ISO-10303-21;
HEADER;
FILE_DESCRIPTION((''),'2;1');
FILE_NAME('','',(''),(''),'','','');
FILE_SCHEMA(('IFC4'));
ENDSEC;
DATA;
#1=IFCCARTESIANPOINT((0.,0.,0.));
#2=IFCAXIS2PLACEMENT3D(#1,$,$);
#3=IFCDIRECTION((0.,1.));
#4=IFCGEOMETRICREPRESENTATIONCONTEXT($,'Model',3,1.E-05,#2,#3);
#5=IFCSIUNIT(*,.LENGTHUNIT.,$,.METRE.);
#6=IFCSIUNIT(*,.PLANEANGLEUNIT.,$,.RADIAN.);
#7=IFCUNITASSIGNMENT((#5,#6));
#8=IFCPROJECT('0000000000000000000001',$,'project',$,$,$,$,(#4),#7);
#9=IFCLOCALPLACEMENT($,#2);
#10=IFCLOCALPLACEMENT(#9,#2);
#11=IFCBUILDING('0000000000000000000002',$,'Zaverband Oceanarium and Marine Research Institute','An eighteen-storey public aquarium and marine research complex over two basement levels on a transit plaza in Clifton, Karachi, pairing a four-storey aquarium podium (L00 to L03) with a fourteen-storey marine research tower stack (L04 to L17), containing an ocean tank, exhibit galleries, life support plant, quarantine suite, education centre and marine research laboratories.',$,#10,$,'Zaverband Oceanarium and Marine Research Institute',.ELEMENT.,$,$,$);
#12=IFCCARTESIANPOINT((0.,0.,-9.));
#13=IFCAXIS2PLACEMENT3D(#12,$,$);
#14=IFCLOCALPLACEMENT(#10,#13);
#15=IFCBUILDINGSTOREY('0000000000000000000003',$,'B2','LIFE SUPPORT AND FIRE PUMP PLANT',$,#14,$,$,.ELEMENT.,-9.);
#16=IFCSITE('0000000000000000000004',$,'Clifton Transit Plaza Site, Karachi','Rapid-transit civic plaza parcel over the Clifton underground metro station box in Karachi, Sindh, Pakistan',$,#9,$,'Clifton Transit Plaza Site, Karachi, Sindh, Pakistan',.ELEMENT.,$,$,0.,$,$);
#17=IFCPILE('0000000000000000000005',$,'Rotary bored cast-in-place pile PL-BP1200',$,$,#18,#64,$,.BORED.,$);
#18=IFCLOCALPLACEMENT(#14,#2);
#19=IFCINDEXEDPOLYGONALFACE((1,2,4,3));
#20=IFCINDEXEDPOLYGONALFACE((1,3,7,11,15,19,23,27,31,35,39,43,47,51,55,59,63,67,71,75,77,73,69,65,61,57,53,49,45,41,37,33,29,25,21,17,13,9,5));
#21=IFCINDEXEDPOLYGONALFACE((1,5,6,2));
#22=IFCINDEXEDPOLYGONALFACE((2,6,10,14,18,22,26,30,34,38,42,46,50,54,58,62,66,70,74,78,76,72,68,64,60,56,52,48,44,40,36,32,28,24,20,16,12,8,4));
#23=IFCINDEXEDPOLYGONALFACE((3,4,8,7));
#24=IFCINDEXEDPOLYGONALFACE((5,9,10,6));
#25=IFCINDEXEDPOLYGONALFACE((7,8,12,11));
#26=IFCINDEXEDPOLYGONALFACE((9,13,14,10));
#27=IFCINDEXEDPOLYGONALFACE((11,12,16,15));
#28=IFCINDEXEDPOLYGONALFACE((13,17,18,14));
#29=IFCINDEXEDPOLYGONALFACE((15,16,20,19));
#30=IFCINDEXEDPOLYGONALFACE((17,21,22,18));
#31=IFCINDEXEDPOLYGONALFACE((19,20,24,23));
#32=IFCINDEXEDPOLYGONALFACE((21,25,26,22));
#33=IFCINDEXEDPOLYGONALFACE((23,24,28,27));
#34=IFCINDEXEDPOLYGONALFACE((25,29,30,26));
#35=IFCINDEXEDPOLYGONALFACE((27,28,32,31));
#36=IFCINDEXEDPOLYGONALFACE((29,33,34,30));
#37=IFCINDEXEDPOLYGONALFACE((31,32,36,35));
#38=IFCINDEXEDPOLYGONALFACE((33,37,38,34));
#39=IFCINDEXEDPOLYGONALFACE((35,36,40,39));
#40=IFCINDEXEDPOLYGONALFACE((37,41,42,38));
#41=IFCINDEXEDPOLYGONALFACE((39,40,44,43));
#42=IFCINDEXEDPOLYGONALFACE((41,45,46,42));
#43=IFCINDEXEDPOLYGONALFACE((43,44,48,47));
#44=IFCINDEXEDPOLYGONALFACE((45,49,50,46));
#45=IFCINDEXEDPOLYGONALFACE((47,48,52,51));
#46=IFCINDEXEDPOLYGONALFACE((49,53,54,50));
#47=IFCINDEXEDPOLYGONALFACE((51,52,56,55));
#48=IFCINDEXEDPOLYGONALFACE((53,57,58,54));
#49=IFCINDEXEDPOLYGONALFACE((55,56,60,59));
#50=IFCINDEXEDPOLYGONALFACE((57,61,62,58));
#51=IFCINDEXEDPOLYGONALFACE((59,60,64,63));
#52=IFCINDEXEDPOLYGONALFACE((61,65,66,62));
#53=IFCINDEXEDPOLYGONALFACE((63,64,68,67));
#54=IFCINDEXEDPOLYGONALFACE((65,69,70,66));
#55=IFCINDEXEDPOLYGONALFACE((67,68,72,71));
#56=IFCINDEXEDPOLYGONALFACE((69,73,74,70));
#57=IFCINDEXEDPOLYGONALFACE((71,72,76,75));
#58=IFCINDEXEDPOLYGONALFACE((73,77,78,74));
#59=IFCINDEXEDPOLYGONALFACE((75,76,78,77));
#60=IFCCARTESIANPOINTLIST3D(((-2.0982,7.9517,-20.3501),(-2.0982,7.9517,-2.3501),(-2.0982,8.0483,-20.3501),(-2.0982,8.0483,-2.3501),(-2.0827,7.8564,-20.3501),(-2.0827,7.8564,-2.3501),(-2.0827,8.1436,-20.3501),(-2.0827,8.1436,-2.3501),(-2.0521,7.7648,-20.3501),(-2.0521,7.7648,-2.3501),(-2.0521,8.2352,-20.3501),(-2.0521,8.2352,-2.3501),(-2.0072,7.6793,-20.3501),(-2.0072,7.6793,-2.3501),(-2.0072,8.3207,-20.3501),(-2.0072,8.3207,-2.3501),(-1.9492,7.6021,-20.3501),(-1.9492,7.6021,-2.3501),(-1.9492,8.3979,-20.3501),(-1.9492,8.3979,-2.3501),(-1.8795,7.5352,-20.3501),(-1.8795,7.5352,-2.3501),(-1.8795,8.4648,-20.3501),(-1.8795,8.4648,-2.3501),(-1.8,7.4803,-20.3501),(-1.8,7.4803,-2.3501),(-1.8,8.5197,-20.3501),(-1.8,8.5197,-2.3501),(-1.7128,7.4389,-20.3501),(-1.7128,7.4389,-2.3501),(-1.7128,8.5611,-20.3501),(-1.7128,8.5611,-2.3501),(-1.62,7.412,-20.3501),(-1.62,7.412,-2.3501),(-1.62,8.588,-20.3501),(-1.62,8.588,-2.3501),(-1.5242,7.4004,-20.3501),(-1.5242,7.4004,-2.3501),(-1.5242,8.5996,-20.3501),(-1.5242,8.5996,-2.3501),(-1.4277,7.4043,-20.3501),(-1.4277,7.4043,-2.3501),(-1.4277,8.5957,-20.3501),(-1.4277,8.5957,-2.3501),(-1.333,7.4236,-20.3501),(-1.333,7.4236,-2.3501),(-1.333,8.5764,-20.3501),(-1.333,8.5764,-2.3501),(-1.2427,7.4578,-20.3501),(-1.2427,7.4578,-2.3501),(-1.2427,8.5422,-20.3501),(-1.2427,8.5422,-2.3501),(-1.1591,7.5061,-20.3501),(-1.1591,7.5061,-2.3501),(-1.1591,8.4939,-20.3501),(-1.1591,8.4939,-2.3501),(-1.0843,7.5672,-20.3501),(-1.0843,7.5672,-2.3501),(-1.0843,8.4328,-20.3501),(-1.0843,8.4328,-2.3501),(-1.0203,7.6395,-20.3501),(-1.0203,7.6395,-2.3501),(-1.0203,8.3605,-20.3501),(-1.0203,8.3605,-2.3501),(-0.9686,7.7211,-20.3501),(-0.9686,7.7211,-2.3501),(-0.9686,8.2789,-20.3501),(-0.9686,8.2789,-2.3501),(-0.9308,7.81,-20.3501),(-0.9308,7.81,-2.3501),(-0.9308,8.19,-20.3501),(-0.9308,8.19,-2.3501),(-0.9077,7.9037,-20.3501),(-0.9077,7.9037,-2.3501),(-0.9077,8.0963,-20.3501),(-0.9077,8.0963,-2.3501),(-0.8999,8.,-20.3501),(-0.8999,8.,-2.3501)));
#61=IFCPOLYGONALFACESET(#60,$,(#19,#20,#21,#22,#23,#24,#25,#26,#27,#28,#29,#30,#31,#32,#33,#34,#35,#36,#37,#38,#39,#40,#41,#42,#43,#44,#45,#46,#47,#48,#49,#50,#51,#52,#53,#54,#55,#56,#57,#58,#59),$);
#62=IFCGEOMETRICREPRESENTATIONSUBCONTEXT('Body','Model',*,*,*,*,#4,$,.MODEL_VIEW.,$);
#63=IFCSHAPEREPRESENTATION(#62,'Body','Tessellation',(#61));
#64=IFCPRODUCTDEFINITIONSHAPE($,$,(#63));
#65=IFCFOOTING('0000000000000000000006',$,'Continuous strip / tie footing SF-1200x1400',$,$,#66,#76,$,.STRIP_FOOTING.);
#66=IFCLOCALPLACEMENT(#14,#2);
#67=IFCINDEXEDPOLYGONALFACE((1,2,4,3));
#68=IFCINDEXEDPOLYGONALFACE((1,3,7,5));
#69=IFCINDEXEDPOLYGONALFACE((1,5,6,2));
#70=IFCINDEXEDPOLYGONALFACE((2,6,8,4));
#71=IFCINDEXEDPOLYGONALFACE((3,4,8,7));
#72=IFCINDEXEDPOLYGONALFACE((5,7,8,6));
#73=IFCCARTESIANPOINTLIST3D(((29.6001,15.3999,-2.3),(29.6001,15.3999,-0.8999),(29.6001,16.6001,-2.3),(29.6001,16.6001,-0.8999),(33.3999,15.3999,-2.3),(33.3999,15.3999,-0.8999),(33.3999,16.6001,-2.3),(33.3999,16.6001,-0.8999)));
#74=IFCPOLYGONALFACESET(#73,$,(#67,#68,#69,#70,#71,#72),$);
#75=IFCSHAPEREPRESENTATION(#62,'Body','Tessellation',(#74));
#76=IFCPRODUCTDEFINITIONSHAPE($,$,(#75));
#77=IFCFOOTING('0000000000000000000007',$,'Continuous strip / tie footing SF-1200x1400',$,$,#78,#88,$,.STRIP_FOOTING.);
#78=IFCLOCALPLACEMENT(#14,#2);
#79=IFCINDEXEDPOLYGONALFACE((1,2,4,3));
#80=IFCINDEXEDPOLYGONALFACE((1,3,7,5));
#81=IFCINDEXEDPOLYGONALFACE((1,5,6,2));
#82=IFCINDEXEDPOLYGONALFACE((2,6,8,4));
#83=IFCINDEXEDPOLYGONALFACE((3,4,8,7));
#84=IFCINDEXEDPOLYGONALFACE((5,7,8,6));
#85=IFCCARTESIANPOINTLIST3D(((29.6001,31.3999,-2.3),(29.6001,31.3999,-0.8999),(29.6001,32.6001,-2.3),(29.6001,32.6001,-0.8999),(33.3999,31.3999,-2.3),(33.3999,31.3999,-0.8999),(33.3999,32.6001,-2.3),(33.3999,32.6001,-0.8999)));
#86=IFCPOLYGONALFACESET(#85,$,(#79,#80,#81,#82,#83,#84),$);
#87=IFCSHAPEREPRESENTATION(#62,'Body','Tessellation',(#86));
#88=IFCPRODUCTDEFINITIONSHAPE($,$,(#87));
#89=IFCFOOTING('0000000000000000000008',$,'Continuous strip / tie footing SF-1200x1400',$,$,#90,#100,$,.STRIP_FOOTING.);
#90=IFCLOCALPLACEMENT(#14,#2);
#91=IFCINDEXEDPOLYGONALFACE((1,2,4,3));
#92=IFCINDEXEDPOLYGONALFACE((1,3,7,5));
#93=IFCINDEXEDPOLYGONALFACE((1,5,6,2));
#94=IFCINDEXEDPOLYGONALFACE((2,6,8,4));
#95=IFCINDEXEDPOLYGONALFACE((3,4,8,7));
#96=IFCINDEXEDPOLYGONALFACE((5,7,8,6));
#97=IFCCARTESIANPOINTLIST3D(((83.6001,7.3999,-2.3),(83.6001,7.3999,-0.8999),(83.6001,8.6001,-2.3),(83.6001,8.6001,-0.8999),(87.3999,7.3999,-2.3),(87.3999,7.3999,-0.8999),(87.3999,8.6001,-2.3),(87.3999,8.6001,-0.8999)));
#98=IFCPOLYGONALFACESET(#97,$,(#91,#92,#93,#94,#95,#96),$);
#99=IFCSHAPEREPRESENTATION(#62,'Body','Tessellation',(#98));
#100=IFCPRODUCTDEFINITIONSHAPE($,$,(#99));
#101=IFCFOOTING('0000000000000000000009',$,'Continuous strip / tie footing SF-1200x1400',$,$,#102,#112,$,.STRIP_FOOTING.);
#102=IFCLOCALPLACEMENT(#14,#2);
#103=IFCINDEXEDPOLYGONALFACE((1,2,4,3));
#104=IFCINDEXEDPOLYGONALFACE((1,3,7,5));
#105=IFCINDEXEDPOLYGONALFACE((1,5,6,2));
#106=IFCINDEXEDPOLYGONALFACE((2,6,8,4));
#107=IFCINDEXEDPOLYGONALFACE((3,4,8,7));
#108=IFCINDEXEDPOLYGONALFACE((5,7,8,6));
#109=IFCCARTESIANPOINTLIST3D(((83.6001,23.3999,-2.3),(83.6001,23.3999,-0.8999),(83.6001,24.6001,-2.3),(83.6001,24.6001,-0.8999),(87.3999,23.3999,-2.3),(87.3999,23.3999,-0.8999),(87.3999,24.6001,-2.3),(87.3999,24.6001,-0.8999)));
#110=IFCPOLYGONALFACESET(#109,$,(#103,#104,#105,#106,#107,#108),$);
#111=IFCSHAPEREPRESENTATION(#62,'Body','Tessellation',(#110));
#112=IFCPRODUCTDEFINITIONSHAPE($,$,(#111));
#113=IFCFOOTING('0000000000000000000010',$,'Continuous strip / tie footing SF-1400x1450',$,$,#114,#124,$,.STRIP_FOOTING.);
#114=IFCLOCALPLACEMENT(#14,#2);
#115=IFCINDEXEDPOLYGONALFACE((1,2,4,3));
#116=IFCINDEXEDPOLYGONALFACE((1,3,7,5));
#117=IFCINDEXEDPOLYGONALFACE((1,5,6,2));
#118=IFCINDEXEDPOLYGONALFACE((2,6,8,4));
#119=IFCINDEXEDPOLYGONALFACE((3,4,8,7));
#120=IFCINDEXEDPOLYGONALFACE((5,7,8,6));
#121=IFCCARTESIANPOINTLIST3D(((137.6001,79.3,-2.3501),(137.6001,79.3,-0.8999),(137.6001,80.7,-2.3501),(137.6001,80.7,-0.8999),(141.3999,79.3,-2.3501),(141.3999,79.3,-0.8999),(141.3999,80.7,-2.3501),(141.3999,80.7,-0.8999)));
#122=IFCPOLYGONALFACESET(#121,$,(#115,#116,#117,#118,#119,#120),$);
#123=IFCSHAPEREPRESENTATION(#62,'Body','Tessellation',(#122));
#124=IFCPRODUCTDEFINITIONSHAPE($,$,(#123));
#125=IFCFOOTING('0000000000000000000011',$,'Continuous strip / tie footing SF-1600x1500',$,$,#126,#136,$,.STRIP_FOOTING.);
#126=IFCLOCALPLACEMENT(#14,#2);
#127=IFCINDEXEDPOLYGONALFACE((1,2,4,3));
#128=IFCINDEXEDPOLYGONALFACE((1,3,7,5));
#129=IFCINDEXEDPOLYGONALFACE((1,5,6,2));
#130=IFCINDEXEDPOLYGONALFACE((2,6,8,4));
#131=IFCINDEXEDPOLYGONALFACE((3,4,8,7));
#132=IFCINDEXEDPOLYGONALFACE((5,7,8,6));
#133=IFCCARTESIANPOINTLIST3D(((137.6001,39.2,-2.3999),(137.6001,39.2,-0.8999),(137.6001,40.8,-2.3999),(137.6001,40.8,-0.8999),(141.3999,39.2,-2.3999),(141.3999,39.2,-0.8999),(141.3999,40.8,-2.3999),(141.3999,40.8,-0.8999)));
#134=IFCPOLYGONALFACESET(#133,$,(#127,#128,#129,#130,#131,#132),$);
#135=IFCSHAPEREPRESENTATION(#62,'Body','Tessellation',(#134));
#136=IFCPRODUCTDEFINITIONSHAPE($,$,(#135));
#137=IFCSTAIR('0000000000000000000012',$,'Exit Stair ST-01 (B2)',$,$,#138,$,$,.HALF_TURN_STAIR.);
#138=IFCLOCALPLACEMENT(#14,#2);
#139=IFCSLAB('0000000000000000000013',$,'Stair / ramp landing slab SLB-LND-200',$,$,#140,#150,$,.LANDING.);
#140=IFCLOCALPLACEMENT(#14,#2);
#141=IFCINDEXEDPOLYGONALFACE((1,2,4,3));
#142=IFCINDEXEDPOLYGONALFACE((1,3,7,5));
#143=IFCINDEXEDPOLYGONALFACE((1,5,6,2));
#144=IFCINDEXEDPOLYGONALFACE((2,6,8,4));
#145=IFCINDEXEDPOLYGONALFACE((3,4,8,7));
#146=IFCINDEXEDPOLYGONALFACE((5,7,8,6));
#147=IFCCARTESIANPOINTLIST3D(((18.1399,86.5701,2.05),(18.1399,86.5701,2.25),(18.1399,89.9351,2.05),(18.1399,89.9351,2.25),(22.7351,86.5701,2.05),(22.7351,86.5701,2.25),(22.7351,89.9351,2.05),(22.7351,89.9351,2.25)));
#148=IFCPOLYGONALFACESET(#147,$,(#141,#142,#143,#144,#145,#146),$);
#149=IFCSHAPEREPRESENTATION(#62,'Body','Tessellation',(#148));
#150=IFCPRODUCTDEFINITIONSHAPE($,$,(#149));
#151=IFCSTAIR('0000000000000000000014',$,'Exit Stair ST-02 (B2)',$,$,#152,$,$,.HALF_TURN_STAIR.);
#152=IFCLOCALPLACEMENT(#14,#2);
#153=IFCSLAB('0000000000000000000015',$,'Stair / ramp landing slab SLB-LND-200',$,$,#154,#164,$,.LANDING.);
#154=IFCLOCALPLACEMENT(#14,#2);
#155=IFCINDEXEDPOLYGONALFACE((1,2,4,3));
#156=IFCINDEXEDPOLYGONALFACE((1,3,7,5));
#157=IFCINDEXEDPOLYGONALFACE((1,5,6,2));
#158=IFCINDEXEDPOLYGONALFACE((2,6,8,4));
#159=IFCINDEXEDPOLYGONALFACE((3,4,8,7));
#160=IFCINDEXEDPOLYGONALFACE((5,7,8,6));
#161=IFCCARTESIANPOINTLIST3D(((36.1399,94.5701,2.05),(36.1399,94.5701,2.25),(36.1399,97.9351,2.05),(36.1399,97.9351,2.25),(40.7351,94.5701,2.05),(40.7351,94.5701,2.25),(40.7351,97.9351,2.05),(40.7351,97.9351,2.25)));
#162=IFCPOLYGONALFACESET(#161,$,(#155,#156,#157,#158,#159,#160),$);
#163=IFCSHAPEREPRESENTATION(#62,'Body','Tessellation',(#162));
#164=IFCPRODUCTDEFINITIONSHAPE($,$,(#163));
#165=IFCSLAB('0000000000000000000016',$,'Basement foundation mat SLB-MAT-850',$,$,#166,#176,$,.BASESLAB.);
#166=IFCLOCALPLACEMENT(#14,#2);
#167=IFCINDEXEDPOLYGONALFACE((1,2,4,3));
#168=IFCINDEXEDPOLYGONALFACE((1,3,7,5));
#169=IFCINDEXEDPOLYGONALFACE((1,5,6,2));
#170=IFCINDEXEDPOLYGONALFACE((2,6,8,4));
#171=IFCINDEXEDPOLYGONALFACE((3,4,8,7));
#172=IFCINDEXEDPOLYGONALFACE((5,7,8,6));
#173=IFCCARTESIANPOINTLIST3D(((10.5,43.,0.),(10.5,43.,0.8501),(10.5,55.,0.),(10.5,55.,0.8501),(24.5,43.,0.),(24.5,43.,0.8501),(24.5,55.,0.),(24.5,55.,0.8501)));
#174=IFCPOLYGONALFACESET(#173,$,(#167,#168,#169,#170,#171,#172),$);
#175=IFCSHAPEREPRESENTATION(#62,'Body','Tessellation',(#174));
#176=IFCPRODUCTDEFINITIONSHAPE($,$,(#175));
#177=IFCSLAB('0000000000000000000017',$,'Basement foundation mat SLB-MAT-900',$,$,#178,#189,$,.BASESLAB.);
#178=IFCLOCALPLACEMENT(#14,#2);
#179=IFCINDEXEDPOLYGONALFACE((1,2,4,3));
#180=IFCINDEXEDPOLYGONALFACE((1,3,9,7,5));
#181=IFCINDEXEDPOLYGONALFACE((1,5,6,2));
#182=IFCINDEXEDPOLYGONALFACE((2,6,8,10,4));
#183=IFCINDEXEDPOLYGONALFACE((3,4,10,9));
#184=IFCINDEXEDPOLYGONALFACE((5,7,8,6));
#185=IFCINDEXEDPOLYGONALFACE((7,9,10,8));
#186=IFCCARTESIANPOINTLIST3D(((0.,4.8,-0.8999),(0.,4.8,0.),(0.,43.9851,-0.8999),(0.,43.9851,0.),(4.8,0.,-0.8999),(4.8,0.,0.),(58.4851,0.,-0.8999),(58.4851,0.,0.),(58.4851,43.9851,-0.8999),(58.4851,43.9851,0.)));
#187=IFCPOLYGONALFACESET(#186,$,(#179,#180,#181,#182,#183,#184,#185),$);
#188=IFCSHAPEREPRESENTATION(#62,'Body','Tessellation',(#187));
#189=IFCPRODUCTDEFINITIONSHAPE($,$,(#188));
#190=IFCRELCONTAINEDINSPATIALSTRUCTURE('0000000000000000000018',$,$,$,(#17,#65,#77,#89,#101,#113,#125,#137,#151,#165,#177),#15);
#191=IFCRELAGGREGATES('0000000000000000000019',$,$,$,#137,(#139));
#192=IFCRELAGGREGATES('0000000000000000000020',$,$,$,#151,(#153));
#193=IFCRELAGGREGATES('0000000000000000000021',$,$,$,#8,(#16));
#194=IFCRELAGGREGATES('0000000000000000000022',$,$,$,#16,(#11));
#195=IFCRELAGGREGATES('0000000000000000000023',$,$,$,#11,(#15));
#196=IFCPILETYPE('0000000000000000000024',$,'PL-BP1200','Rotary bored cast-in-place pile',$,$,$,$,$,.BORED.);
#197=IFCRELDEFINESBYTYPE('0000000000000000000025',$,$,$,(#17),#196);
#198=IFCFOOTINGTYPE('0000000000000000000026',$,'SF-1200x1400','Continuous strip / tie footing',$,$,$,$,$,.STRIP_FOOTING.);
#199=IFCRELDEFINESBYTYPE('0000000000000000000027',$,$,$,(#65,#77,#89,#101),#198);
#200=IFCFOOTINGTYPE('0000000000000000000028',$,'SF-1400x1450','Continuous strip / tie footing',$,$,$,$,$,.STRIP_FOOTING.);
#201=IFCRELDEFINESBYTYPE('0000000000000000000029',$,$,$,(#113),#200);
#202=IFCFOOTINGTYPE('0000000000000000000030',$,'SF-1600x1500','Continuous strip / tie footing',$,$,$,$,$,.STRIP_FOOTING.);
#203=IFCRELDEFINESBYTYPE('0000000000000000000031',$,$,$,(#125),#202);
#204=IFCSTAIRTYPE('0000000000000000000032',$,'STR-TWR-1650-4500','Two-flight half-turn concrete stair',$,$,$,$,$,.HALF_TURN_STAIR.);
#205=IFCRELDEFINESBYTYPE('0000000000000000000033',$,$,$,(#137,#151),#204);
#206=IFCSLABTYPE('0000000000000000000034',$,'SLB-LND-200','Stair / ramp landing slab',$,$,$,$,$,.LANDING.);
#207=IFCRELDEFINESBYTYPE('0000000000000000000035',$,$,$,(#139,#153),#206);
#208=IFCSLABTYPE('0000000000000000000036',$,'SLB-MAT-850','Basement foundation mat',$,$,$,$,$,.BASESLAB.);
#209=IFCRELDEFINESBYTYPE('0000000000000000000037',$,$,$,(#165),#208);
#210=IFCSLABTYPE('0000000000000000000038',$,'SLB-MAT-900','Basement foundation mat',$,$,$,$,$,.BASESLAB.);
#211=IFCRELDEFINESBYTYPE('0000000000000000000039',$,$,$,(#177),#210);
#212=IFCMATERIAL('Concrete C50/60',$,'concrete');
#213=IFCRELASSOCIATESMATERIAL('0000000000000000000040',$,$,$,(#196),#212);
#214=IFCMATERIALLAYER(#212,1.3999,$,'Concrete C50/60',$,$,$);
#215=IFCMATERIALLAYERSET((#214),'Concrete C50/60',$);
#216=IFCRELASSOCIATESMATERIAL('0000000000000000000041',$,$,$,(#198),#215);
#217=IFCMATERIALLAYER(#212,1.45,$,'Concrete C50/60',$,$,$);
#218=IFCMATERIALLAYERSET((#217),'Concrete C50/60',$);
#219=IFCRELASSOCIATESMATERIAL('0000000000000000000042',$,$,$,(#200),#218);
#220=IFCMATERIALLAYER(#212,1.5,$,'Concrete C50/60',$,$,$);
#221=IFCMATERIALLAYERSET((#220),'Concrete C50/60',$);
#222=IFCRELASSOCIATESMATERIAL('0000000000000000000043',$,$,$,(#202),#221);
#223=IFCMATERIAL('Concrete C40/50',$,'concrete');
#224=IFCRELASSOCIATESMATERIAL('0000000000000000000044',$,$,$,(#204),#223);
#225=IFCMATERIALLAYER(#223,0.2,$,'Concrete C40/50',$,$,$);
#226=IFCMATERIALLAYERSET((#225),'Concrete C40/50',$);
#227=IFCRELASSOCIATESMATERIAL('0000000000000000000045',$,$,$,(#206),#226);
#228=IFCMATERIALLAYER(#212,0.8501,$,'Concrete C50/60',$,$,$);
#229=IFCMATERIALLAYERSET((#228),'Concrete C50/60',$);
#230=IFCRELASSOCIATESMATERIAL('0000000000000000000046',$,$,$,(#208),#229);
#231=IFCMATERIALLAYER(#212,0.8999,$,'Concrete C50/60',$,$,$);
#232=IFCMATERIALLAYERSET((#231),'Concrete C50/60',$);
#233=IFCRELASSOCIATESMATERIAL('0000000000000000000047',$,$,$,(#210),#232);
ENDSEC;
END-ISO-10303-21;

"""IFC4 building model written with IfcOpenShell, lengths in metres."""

from ifc_helpers import new_model, si_unit, direction, frame, origin, origin_2d, place, context, subcontext, project, spatial, polyline, circle, outline, extrude, material, layer, layer_set, material_profile, profile_set, type_object, element, aggregate, save


model = new_model("IFC4")

# Units and contexts
model_context = context("Model", 3, precision=1e-05, world=origin(), true_north=direction((0.0, 1.0)))
body_context = subcontext(model_context, "Body", "Model", "MODEL_VIEW")
ifc_project = project(units=[si_unit("LENGTHUNIT", "METRE"), si_unit("PLANEANGLEUNIT", "RADIAN")], contexts=[model_context])

# Site, building, storey
site_placement = place(None, origin())
site = spatial("IfcSite", under=ifc_project, at=site_placement, Name="Clifton Transit Plaza Site, Karachi", Description="Rapid-transit civic plaza parcel over the Clifton underground metro station box in Karachi, Sindh, Pakistan", LongName="Clifton Transit Plaza Site, Karachi, Sindh, Pakistan", CompositionType="ELEMENT", RefElevation=0.0)
building_placement = place(site_placement, origin())
building = spatial("IfcBuilding", under=site, at=building_placement, Name="Zaverband Oceanarium and Marine Research Institute", Description="An eighteen-storey public aquarium and marine research complex over two basement levels on a transit plaza in Clifton, Karachi, pairing a four-storey aquarium podium (L00 to L03) with a fourteen-storey marine research tower stack (L04 to L17), containing an ocean tank, exhibit galleries, life support plant, quarantine suite, education centre and marine research laboratories.", LongName="Zaverband Oceanarium and Marine Research Institute", CompositionType="ELEMENT")
storey_placement = place(building_placement, frame((0.0, 0.0, -9.0)))
storey = spatial("IfcBuildingStorey", under=building, at=storey_placement, Name="B2", Description="LIFE SUPPORT AND FIRE PUMP PLANT", CompositionType="ELEMENT", Elevation=-9.0)

# Pile
ifc_material_1 = material(Name="Concrete C50/60", Category="concrete")
ifc_material_profile = material_profile(ifc_material_1, circle(Radius=0.6001, at=origin_2d()), Name="BP1200")
ifc_profile_set = profile_set([ifc_material_profile], Name="Concrete C50/60")
pile_type = type_object("IfcPileType", Name="PL-BP1200", Description="Rotary bored cast-in-place pile", PredefinedType="BORED", material=ifc_profile_set)
pile_placement = place(storey_placement, frame((-1.5, 8.0, -2.3501), z_axis=(0.0, 0.0, -1.0), x_axis=(1.0, 0.0, 0.0)))
element("IfcPile", 1, at=pile_placement, inside=storey, type_object=pile_type, Name="Rotary bored cast-in-place pile PL-BP1200", PredefinedType="BORED", context=body_context, shape_type="SweptSolid", body=[
    extrude(circle(Radius=0.6001, at=origin_2d()), origin(), (0.0, 0.0, 1.0), 18.0),
])

# Footings
ifc_layer_1 = layer(ifc_material_1, 1.3999, Name="Concrete C50/60")
ifc_layer_set_1 = layer_set([ifc_layer_1], Name="Concrete C50/60")
footing_type_1 = type_object("IfcFootingType", Name="SF-1200x1400", Description="Continuous strip / tie footing", PredefinedType="STRIP_FOOTING", material=ifc_layer_set_1)
footing_1_placement = place(storey_placement, frame((0.0, 0.0, -2.3)))
element("IfcFooting", 2, at=footing_1_placement, inside=storey, type_object=footing_type_1, Name="Continuous strip / tie footing SF-1200x1400", PredefinedType="STRIP_FOOTING", context=body_context, shape_type="SweptSolid", body=[
    extrude(outline(polyline([(29.6001, 16.6001), (33.3999, 16.6001), (33.3999, 15.3999), (29.6001, 15.3999), (29.6001, 16.6001)])), origin(), (0.0, 0.0, 1.0), 1.4001),
])
footing_2_placement = place(storey_placement, frame((0.0, 0.0, -2.3)))
element("IfcFooting", 3, at=footing_2_placement, inside=storey, type_object=footing_type_1, Name="Continuous strip / tie footing SF-1200x1400", PredefinedType="STRIP_FOOTING", context=body_context, shape_type="SweptSolid", body=[
    extrude(outline(polyline([(29.6001, 32.6001), (33.3999, 32.6001), (33.3999, 31.3999), (29.6001, 31.3999), (29.6001, 32.6001)])), origin(), (0.0, 0.0, 1.0), 1.4001),
])
footing_3_placement = place(storey_placement, frame((0.0, 0.0, -2.3)))
element("IfcFooting", 4, at=footing_3_placement, inside=storey, type_object=footing_type_1, Name="Continuous strip / tie footing SF-1200x1400", PredefinedType="STRIP_FOOTING", context=body_context, shape_type="SweptSolid", body=[
    extrude(outline(polyline([(83.6001, 8.6001), (87.3999, 8.6001), (87.3999, 7.3999), (83.6001, 7.3999), (83.6001, 8.6001)])), origin(), (0.0, 0.0, 1.0), 1.4001),
])
footing_4_placement = place(storey_placement, frame((0.0, 0.0, -2.3)))
element("IfcFooting", 5, at=footing_4_placement, inside=storey, type_object=footing_type_1, Name="Continuous strip / tie footing SF-1200x1400", PredefinedType="STRIP_FOOTING", context=body_context, shape_type="SweptSolid", body=[
    extrude(outline(polyline([(83.6001, 24.6001), (87.3999, 24.6001), (87.3999, 23.3999), (83.6001, 23.3999), (83.6001, 24.6001)])), origin(), (0.0, 0.0, 1.0), 1.4001),
])
ifc_layer_2 = layer(ifc_material_1, 1.45, Name="Concrete C50/60")
ifc_layer_set_2 = layer_set([ifc_layer_2], Name="Concrete C50/60")
footing_type_2 = type_object("IfcFootingType", Name="SF-1400x1450", Description="Continuous strip / tie footing", PredefinedType="STRIP_FOOTING", material=ifc_layer_set_2)
footing_5_placement = place(storey_placement, frame((0.0, 0.0, -2.3501)))
element("IfcFooting", 6, at=footing_5_placement, inside=storey, type_object=footing_type_2, Name="Continuous strip / tie footing SF-1400x1450", PredefinedType="STRIP_FOOTING", context=body_context, shape_type="SweptSolid", body=[
    extrude(outline(polyline([(137.6001, 80.7), (141.3999, 80.7), (141.3999, 79.3), (137.6001, 79.3), (137.6001, 80.7)])), origin(), (0.0, 0.0, 1.0), 1.4502),
])
ifc_layer_3 = layer(ifc_material_1, 1.5, Name="Concrete C50/60")
ifc_layer_set_3 = layer_set([ifc_layer_3], Name="Concrete C50/60")
footing_type_3 = type_object("IfcFootingType", Name="SF-1600x1500", Description="Continuous strip / tie footing", PredefinedType="STRIP_FOOTING", material=ifc_layer_set_3)
footing_6_placement = place(storey_placement, frame((0.0, 0.0, -2.3999)))
element("IfcFooting", 7, at=footing_6_placement, inside=storey, type_object=footing_type_3, Name="Continuous strip / tie footing SF-1600x1500", PredefinedType="STRIP_FOOTING", context=body_context, shape_type="SweptSolid", body=[
    extrude(outline(polyline([(137.6001, 40.8), (141.3999, 40.8), (141.3999, 39.2), (137.6001, 39.2), (137.6001, 40.8)])), origin(), (0.0, 0.0, 1.0), 1.5),
])

# Stairs, slabs
ifc_material_2 = material(Name="Concrete C40/50", Category="concrete")
stair_type = type_object("IfcStairType", Name="STR-TWR-1650-4500", Description="Two-flight half-turn concrete stair", PredefinedType="HALF_TURN_STAIR", material=ifc_material_2)
stair_1_placement = place(storey_placement, origin())
stair_1 = element("IfcStair", 8, at=stair_1_placement, inside=storey, type_object=stair_type, Name="Exit Stair ST-01 (B2)", PredefinedType="HALF_TURN_STAIR")
ifc_layer_4 = layer(ifc_material_2, 0.2, Name="Concrete C40/50")
ifc_layer_set_4 = layer_set([ifc_layer_4], Name="Concrete C40/50")
slab_type_1 = type_object("IfcSlabType", Name="SLB-LND-200", Description="Stair / ramp landing slab", PredefinedType="LANDING", material=ifc_layer_set_4)
slab_1_placement = place(storey_placement, frame((0.0, 0.0, 2.05)))
slab_1 = element("IfcSlab", 9, at=slab_1_placement, type_object=slab_type_1, Name="Stair / ramp landing slab SLB-LND-200", PredefinedType="LANDING", context=body_context, shape_type="SweptSolid", body=[
    extrude(outline(polyline([(18.1399, 86.5701), (22.7351, 86.5701), (22.7351, 89.9351), (18.1399, 89.9351), (18.1399, 86.5701)])), origin(), (0.0, 0.0, 1.0), 0.2),
])
aggregate(stair_1, [slab_1])
stair_2_placement = place(storey_placement, origin())
stair_2 = element("IfcStair", 10, at=stair_2_placement, inside=storey, type_object=stair_type, Name="Exit Stair ST-02 (B2)", PredefinedType="HALF_TURN_STAIR")
slab_2_placement = place(storey_placement, frame((0.0, 0.0, 2.05)))
slab_2 = element("IfcSlab", 11, at=slab_2_placement, type_object=slab_type_1, Name="Stair / ramp landing slab SLB-LND-200", PredefinedType="LANDING", context=body_context, shape_type="SweptSolid", body=[
    extrude(outline(polyline([(36.1399, 94.5701), (40.7351, 94.5701), (40.7351, 97.9351), (36.1399, 97.9351), (36.1399, 94.5701)])), origin(), (0.0, 0.0, 1.0), 0.2),
])
aggregate(stair_2, [slab_2])

# Slabs
ifc_layer_5 = layer(ifc_material_1, 0.8501, Name="Concrete C50/60")
ifc_layer_set_5 = layer_set([ifc_layer_5], Name="Concrete C50/60")
slab_type_2 = type_object("IfcSlabType", Name="SLB-MAT-850", Description="Basement foundation mat", PredefinedType="BASESLAB", material=ifc_layer_set_5)
slab_3_placement = place(storey_placement, origin())
element("IfcSlab", 12, at=slab_3_placement, inside=storey, type_object=slab_type_2, Name="Basement foundation mat SLB-MAT-850", PredefinedType="BASESLAB", context=body_context, shape_type="SweptSolid", body=[
    extrude(outline(polyline([(10.5, 43.0), (24.5, 43.0), (24.5, 55.0), (10.5, 55.0), (10.5, 43.0)])), origin(), (0.0, 0.0, 1.0), 0.8501),
])
ifc_layer_6 = layer(ifc_material_1, 0.8999, Name="Concrete C50/60")
ifc_layer_set_6 = layer_set([ifc_layer_6], Name="Concrete C50/60")
slab_type_3 = type_object("IfcSlabType", Name="SLB-MAT-900", Description="Basement foundation mat", PredefinedType="BASESLAB", material=ifc_layer_set_6)
slab_4_placement = place(storey_placement, frame((0.0, 0.0, -0.8999)))
element("IfcSlab", 13, at=slab_4_placement, inside=storey, type_object=slab_type_3, Name="Basement foundation mat SLB-MAT-900", PredefinedType="BASESLAB", context=body_context, shape_type="SweptSolid", body=[
    extrude(outline(polyline([(4.8, 0.0), (58.4851, 0.0), (58.4851, 43.9851), (0.0, 43.9851), (0.0, 4.8), (4.8, 0.0)])), origin(), (0.0, 0.0, 1.0), 0.8999),
])

save(model, "model.ifc")
